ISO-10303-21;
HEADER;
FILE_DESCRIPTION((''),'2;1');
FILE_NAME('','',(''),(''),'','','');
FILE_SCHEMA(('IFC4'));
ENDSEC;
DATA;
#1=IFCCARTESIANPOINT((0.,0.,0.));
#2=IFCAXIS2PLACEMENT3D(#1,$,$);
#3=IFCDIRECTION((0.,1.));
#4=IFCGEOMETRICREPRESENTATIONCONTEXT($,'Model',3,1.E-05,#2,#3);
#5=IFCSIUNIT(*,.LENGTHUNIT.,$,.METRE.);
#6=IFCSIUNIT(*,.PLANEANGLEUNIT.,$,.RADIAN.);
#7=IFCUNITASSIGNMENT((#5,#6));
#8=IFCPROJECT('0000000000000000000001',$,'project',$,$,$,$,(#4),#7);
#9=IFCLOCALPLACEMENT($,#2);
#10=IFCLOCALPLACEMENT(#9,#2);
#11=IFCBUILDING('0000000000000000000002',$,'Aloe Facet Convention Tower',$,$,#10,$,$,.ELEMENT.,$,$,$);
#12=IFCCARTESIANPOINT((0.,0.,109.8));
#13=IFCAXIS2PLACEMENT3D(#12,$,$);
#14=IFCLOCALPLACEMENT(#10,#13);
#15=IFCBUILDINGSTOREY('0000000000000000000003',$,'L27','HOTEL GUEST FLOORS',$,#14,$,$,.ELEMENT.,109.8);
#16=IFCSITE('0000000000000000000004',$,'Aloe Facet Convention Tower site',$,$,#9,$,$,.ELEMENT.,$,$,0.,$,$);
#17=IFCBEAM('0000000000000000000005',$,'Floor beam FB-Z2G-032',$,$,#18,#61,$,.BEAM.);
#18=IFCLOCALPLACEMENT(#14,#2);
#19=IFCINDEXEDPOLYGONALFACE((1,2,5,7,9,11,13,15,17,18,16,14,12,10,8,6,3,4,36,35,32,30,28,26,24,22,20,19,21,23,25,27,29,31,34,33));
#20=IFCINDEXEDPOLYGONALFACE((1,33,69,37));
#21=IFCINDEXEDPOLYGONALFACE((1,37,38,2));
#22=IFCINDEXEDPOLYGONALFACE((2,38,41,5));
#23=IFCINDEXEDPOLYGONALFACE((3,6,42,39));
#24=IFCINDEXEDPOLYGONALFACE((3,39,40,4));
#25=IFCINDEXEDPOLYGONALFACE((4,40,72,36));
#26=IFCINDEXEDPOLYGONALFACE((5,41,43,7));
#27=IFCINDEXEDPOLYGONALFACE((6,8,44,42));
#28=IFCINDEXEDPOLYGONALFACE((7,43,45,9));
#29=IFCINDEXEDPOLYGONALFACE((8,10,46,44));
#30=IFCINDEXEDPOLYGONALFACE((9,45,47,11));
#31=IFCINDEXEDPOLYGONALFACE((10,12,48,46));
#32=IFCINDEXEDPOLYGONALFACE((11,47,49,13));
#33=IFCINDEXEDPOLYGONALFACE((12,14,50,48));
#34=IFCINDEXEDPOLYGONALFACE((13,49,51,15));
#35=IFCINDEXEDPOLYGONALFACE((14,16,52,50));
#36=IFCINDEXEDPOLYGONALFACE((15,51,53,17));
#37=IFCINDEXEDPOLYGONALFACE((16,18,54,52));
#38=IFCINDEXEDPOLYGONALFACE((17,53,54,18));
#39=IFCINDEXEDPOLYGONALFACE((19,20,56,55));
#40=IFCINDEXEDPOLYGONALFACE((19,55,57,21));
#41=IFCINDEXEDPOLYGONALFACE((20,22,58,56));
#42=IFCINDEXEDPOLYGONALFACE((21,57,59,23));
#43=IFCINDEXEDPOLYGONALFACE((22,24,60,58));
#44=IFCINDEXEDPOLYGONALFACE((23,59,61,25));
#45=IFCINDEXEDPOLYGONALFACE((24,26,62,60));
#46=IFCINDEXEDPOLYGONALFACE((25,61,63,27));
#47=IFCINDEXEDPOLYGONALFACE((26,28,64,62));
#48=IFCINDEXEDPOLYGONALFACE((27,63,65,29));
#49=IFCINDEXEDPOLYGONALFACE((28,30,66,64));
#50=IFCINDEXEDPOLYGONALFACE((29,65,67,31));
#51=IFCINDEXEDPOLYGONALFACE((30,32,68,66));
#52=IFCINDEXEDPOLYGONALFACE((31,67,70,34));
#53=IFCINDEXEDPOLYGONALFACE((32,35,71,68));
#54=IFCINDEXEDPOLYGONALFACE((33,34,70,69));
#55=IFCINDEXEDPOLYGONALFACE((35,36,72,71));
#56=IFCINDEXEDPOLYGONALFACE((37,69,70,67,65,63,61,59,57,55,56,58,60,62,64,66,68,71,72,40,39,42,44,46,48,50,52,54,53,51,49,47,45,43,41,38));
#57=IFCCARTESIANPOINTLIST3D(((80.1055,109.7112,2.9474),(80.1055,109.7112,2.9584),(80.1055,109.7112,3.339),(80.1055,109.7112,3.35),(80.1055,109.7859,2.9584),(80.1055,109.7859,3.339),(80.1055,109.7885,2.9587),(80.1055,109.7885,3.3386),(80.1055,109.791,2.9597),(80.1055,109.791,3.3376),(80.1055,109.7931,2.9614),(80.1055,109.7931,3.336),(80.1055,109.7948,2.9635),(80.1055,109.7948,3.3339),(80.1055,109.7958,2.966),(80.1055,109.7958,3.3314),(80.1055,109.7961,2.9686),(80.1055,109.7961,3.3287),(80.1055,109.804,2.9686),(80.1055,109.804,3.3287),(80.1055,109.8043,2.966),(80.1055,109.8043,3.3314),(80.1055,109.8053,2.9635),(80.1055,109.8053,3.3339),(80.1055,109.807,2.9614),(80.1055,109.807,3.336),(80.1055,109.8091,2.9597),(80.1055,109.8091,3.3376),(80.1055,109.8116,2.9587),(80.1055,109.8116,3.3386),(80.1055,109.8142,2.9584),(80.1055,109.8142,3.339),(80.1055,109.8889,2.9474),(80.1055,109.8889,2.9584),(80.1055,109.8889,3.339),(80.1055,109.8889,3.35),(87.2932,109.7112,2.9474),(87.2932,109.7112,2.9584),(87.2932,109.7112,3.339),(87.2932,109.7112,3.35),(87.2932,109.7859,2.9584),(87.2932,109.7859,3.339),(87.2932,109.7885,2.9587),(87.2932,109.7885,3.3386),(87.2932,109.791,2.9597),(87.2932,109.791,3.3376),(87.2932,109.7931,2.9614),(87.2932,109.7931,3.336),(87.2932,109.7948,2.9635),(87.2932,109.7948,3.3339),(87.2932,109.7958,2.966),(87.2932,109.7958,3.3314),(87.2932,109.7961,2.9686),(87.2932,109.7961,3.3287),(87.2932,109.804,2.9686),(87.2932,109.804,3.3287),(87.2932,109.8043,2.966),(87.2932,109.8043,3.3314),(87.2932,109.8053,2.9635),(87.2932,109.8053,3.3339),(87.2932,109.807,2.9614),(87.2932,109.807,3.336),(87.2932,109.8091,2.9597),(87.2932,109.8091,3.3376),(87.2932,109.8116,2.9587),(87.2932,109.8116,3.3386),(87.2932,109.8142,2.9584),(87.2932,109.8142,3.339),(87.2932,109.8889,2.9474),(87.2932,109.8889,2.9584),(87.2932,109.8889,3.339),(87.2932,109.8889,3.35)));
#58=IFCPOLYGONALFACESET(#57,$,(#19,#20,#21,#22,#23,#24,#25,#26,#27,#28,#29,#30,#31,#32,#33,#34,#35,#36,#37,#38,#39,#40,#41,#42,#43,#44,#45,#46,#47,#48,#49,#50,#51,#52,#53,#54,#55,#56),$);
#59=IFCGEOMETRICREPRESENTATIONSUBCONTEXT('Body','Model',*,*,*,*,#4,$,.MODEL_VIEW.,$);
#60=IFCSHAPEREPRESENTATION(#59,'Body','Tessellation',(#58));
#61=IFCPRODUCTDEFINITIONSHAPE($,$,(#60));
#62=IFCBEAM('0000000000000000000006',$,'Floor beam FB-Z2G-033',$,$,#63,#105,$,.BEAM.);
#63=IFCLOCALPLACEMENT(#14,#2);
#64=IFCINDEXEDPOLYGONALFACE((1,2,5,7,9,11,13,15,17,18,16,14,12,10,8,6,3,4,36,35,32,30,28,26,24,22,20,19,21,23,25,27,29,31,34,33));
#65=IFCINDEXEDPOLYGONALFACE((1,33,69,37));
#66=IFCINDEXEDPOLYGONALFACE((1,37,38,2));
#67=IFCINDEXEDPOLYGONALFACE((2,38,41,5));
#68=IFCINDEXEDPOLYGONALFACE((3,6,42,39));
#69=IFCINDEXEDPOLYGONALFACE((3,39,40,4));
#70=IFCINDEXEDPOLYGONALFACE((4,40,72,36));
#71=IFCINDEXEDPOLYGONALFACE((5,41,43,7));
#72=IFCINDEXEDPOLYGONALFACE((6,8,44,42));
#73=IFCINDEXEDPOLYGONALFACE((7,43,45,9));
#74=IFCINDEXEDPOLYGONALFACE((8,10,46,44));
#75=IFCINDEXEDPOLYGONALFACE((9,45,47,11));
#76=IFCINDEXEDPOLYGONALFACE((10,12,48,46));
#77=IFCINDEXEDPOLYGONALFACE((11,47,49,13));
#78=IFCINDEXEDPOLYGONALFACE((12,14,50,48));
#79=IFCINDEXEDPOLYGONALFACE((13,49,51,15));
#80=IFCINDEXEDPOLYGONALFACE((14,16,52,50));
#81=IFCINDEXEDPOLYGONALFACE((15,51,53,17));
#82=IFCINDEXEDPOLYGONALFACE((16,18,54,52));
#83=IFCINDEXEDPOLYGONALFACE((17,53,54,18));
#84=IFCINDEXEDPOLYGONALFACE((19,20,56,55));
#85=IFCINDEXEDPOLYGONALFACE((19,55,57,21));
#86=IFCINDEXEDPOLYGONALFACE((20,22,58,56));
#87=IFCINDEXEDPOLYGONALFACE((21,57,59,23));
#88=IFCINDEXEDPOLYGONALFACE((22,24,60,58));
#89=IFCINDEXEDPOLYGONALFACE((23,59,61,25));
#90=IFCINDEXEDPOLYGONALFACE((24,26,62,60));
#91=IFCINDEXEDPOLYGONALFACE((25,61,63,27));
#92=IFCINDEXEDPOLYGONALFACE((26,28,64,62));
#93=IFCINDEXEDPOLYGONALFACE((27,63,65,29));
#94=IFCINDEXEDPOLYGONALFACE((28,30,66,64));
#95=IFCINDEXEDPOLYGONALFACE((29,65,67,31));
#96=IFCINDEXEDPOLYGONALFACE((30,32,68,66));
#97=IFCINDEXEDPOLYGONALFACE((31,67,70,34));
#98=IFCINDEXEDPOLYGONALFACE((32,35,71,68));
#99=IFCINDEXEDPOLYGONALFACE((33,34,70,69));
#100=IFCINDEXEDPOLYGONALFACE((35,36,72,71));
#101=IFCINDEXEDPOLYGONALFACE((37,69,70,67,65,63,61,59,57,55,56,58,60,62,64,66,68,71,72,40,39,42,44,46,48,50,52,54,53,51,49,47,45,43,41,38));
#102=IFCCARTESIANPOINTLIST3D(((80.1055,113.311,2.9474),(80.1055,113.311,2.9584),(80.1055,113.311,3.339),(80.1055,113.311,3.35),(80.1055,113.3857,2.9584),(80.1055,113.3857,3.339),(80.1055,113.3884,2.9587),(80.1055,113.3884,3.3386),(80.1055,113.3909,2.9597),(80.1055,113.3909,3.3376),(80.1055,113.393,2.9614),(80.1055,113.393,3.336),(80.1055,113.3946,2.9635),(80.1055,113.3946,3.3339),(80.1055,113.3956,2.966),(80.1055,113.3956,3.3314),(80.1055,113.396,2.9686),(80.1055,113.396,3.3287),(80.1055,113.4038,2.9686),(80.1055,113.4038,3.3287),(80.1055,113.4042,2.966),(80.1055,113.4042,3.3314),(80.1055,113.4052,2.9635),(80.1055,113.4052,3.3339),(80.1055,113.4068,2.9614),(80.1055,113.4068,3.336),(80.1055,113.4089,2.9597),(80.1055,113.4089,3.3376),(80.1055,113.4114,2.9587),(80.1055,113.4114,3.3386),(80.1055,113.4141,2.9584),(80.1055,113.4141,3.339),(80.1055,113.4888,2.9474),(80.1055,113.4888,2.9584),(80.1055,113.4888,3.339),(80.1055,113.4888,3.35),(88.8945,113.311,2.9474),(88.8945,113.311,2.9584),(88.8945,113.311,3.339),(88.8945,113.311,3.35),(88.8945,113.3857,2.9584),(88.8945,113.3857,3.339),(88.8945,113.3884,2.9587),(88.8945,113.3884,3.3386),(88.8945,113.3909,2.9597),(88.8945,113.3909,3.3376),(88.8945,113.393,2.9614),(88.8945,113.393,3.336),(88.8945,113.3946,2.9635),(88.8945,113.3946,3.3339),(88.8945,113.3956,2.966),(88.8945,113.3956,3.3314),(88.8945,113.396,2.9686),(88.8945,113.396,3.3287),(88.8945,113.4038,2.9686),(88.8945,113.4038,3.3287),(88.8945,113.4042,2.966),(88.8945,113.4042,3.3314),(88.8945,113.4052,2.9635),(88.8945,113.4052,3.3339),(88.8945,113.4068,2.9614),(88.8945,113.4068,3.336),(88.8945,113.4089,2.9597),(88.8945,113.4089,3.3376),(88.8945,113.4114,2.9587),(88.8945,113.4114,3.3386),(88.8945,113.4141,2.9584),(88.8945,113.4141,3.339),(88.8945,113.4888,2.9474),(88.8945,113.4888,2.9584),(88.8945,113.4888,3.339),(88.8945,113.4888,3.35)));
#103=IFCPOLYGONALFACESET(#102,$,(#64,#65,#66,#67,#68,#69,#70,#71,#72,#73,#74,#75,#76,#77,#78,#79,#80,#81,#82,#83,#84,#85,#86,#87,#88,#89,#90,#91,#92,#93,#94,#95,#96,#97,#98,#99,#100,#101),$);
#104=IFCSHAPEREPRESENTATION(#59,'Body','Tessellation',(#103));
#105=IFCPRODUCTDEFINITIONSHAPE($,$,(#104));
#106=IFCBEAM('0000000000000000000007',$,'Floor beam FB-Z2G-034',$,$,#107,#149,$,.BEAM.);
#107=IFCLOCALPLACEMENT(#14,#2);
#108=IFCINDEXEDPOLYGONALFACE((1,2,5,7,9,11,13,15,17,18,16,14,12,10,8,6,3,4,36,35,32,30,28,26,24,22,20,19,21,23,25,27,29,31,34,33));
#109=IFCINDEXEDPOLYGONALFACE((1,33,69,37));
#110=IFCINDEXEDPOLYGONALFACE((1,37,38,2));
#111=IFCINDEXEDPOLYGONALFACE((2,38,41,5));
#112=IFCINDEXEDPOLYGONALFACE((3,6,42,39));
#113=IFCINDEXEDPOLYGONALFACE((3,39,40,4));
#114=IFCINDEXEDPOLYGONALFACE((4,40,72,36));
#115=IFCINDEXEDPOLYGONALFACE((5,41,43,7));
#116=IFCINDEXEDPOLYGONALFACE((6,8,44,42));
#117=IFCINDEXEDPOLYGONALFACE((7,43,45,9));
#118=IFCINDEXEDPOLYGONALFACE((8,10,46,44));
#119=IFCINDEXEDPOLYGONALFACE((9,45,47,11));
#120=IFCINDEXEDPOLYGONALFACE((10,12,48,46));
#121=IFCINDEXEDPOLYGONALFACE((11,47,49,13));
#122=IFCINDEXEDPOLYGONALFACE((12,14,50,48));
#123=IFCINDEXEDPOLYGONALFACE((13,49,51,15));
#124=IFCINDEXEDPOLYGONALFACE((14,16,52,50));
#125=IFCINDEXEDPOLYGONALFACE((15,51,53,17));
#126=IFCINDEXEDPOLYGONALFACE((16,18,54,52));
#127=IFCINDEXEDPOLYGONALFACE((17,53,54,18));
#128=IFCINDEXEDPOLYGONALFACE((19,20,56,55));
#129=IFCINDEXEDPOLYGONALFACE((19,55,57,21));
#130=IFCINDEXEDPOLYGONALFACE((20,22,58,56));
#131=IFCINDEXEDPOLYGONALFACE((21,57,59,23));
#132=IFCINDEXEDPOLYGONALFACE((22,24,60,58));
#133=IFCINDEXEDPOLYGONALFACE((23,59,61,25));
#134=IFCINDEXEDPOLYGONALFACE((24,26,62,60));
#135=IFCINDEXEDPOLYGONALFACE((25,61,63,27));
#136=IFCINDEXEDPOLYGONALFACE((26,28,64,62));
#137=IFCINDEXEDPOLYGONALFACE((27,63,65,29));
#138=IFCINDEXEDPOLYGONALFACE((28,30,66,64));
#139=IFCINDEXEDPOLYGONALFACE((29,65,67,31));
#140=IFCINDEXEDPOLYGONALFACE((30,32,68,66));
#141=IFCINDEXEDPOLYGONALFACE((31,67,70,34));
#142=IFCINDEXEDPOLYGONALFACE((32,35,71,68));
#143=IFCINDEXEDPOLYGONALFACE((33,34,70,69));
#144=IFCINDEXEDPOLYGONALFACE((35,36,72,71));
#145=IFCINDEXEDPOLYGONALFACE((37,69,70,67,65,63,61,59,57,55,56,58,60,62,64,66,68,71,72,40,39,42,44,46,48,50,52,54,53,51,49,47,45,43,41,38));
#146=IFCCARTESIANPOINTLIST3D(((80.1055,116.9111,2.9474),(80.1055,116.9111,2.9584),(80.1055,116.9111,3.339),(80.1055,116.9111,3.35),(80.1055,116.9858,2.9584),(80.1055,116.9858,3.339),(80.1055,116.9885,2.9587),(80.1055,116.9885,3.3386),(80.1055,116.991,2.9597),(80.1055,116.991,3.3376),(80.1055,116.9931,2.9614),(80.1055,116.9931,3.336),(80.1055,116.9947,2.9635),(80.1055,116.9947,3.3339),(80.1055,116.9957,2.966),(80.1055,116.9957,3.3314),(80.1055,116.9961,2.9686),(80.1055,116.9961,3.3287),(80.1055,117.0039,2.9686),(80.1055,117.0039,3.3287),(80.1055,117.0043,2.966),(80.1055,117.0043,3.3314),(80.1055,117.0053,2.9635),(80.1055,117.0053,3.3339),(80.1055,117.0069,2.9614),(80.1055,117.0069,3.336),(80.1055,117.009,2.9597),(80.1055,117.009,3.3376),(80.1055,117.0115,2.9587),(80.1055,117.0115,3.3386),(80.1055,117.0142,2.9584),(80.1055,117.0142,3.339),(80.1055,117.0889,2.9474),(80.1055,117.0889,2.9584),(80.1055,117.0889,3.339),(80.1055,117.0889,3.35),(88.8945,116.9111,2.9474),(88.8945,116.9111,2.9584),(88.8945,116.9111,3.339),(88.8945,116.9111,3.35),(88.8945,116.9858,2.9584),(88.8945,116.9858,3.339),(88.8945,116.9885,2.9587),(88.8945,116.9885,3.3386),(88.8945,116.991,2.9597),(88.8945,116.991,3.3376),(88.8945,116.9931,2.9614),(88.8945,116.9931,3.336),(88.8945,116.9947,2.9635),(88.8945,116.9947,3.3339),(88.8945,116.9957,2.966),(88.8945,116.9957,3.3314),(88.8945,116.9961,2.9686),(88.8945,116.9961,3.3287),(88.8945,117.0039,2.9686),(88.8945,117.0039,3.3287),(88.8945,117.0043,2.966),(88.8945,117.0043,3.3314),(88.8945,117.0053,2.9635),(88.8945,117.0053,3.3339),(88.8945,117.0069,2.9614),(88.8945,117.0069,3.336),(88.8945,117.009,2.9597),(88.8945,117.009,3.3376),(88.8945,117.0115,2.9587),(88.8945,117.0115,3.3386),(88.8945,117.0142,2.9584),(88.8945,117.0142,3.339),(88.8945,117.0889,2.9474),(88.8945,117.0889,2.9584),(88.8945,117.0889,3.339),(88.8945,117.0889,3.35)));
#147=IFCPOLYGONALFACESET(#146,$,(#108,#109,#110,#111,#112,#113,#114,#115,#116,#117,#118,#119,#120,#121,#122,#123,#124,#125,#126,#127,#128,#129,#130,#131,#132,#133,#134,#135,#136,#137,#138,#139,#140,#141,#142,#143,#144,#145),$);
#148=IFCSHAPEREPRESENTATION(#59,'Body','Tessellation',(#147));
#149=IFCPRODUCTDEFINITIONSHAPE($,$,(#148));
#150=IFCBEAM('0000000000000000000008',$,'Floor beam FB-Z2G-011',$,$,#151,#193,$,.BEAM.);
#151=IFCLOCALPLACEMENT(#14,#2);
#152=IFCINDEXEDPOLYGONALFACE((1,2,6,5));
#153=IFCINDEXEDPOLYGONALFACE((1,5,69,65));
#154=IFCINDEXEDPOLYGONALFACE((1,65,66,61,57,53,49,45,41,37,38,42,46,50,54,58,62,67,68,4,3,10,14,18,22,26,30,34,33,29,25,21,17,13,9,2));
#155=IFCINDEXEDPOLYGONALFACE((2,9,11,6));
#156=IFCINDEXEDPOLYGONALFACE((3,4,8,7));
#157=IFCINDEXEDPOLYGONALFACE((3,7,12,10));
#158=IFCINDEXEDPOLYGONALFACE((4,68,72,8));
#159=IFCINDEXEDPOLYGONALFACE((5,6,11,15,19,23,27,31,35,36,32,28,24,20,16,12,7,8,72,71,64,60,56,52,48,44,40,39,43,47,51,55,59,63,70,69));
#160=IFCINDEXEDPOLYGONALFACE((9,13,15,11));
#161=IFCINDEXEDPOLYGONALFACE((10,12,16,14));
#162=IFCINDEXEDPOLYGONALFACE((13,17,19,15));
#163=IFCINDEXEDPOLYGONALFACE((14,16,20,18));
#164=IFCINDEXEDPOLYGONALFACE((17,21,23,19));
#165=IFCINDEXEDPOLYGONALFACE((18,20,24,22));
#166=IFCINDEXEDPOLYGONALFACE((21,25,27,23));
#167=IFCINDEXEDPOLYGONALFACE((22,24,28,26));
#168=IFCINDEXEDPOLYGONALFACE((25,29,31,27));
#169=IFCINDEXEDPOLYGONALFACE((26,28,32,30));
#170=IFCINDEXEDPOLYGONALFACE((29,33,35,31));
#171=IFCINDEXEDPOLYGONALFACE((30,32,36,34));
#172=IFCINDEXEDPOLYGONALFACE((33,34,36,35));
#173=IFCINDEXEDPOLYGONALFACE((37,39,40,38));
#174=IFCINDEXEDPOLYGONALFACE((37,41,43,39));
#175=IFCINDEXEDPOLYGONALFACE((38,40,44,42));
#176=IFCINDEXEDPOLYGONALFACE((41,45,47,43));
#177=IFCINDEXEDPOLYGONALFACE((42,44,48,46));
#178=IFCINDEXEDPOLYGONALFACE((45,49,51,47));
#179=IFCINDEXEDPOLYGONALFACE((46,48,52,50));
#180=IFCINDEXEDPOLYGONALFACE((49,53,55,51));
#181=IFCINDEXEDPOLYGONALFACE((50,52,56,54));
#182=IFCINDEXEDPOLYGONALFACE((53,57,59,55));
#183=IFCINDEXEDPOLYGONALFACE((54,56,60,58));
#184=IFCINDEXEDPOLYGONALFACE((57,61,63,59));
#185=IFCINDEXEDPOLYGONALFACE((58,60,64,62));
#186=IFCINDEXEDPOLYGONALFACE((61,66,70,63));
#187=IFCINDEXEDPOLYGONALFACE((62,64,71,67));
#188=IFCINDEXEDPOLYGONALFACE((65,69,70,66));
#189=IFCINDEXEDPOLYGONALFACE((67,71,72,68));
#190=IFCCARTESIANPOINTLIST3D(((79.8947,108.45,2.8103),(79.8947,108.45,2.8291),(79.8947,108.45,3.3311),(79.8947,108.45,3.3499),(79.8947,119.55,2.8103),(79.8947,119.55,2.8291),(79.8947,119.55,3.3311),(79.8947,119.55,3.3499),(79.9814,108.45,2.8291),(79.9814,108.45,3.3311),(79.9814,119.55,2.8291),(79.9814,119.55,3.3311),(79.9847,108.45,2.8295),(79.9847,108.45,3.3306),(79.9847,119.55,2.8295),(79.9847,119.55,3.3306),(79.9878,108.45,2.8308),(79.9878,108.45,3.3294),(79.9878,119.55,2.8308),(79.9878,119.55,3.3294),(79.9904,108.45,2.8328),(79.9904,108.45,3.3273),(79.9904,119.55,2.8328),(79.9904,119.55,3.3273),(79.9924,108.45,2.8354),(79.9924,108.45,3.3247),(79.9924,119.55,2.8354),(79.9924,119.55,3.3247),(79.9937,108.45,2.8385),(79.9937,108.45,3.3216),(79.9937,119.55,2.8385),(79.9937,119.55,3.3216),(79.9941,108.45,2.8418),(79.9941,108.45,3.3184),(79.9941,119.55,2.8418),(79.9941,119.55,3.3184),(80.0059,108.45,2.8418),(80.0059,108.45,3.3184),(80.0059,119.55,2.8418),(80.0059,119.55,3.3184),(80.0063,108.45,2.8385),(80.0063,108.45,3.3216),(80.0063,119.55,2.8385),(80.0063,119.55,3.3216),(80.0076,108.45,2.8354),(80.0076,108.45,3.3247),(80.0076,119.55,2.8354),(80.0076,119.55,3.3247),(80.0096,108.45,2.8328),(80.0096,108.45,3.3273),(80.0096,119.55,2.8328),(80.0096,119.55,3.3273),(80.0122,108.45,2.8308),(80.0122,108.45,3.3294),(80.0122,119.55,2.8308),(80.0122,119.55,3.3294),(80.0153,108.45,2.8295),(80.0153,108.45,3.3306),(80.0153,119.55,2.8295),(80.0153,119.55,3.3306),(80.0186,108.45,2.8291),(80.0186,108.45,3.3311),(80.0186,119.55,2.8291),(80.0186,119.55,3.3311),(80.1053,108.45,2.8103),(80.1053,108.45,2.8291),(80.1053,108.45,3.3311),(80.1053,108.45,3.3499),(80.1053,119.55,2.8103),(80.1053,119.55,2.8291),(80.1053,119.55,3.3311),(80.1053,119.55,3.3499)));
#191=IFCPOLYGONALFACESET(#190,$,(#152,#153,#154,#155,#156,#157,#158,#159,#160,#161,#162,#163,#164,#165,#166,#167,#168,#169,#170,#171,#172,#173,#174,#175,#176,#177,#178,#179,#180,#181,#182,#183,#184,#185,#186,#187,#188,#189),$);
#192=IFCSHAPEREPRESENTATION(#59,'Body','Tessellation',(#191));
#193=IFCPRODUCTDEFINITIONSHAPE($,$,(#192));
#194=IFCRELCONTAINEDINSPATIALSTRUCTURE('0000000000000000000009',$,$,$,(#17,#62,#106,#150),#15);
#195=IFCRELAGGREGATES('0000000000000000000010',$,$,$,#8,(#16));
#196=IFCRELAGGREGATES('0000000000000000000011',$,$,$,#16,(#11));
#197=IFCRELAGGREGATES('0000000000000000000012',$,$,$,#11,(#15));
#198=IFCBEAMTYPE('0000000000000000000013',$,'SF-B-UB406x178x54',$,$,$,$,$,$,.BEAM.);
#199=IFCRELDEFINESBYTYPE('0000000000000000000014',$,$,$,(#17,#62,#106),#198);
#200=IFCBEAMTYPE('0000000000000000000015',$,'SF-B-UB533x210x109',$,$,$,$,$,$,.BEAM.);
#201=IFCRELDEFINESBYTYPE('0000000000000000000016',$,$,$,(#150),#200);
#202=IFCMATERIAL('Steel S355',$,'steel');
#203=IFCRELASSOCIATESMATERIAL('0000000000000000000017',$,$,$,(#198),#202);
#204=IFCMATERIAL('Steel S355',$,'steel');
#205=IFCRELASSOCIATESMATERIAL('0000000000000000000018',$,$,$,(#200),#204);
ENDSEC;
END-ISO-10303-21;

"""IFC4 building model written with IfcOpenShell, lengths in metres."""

from ifc_helpers import new_model, si_unit, direction, frame, origin, origin_2d, place, context, subcontext, project, spatial, i_section, extrude, material, material_profile, profile_set, type_object, element, save


model = new_model("IFC4")

# Units and contexts
model_context = context("Model", 3, precision=1e-05, world=origin(), true_north=direction((0.0, 1.0)))
body_context = subcontext(model_context, "Body", "Model", "MODEL_VIEW")
ifc_project = project(units=[si_unit("LENGTHUNIT", "METRE"), si_unit("PLANEANGLEUNIT", "RADIAN")], contexts=[model_context])

# Site, building, storey
site_placement = place(None, origin())
site = spatial("IfcSite", under=ifc_project, at=site_placement, Name="Aloe Facet Convention Tower site", CompositionType="ELEMENT", RefElevation=0.0)
building_placement = place(site_placement, origin())
building = spatial("IfcBuilding", under=site, at=building_placement, Name="Aloe Facet Convention Tower", CompositionType="ELEMENT")
storey_placement = place(building_placement, frame((0.0, 0.0, 109.8)))
storey = spatial("IfcBuildingStorey", under=building, at=storey_placement, Name="L27", Description="HOTEL GUEST FLOORS", CompositionType="ELEMENT", Elevation=109.8)

# Beams
ifc_material_1 = material(Name="Steel S355", Category="steel")
ifc_material_profile_1 = material_profile(ifc_material_1, i_section(OverallWidth=0.1777, OverallDepth=0.4026, WebThickness=0.0078, FlangeThickness=0.011, FilletRadius=0.0103, at=origin_2d()), Name="UB 406x178x54")
ifc_profile_set_1 = profile_set([ifc_material_profile_1], Name="Steel S355")
beam_type_1 = type_object("IfcBeamType", Name="SF-B-UB406x178x54", PredefinedType="BEAM", material=ifc_profile_set_1)
beam_1_placement = place(storey_placement, frame((80.1055, 109.8, 3.1487), z_axis=(1.0, 0.0, 0.0), x_axis=(0.0, 1.0, 0.0)))
element("IfcBeam", 1, at=beam_1_placement, inside=storey, type_object=beam_type_1, Name="Floor beam FB-Z2G-032", PredefinedType="BEAM", context=body_context, shape_type="SweptSolid", body=[
    extrude(i_section(OverallWidth=0.1777, OverallDepth=0.4026, WebThickness=0.0078, FlangeThickness=0.011, FilletRadius=0.0103, at=origin_2d()), origin(), (0.0, 0.0, 1.0), 7.1877),
])
for number, where, z_axis, x_axis, name in (
    (2, (80.1055, 113.3999, 3.1487), (1.0, 0.0, 0.0), (0.0, 1.0, 0.0), "Floor beam FB-Z2G-033"),
    (3, (80.1055, 117.0, 3.1487), (1.0, 0.0, 0.0), (0.0, 1.0, 0.0), "Floor beam FB-Z2G-034"),
):
    element("IfcBeam", number, at=place(storey_placement, frame(where, z_axis=z_axis, x_axis=x_axis)), inside=storey, type_object=beam_type_1, Name=name, PredefinedType="BEAM", context=body_context, shape_type="SweptSolid", body=[
        extrude(i_section(OverallWidth=0.1777, OverallDepth=0.4026, WebThickness=0.0078, FlangeThickness=0.011, FilletRadius=0.0103, at=origin_2d()), origin(), (0.0, 0.0, 1.0), 8.7891),
    ])
ifc_material_2 = material(Name="Steel S355", Category="steel")
ifc_material_profile_2 = material_profile(ifc_material_2, i_section(OverallWidth=0.2107, OverallDepth=0.5396, WebThickness=0.0117, FlangeThickness=0.0188, FilletRadius=0.0127, at=origin_2d()), Name="UB 533x210x109")
ifc_profile_set_2 = profile_set([ifc_material_profile_2], Name="Steel S355")
beam_type_2 = type_object("IfcBeamType", Name="SF-B-UB533x210x109", PredefinedType="BEAM", material=ifc_profile_set_2)
beam_2_placement = place(storey_placement, frame((80.0, 119.55, 3.0801), z_axis=(0.0, -1.0, 0.0), x_axis=(1.0, 0.0, 0.0)))
element("IfcBeam", 4, at=beam_2_placement, inside=storey, type_object=beam_type_2, Name="Floor beam FB-Z2G-011", PredefinedType="BEAM", context=body_context, shape_type="SweptSolid", body=[
    extrude(i_section(OverallWidth=0.2107, OverallDepth=0.5396, WebThickness=0.0117, FlangeThickness=0.0188, FilletRadius=0.0127, at=origin_2d()), origin(), (0.0, 0.0, 1.0), 11.1001),
])

save(model, "model.ifc")
